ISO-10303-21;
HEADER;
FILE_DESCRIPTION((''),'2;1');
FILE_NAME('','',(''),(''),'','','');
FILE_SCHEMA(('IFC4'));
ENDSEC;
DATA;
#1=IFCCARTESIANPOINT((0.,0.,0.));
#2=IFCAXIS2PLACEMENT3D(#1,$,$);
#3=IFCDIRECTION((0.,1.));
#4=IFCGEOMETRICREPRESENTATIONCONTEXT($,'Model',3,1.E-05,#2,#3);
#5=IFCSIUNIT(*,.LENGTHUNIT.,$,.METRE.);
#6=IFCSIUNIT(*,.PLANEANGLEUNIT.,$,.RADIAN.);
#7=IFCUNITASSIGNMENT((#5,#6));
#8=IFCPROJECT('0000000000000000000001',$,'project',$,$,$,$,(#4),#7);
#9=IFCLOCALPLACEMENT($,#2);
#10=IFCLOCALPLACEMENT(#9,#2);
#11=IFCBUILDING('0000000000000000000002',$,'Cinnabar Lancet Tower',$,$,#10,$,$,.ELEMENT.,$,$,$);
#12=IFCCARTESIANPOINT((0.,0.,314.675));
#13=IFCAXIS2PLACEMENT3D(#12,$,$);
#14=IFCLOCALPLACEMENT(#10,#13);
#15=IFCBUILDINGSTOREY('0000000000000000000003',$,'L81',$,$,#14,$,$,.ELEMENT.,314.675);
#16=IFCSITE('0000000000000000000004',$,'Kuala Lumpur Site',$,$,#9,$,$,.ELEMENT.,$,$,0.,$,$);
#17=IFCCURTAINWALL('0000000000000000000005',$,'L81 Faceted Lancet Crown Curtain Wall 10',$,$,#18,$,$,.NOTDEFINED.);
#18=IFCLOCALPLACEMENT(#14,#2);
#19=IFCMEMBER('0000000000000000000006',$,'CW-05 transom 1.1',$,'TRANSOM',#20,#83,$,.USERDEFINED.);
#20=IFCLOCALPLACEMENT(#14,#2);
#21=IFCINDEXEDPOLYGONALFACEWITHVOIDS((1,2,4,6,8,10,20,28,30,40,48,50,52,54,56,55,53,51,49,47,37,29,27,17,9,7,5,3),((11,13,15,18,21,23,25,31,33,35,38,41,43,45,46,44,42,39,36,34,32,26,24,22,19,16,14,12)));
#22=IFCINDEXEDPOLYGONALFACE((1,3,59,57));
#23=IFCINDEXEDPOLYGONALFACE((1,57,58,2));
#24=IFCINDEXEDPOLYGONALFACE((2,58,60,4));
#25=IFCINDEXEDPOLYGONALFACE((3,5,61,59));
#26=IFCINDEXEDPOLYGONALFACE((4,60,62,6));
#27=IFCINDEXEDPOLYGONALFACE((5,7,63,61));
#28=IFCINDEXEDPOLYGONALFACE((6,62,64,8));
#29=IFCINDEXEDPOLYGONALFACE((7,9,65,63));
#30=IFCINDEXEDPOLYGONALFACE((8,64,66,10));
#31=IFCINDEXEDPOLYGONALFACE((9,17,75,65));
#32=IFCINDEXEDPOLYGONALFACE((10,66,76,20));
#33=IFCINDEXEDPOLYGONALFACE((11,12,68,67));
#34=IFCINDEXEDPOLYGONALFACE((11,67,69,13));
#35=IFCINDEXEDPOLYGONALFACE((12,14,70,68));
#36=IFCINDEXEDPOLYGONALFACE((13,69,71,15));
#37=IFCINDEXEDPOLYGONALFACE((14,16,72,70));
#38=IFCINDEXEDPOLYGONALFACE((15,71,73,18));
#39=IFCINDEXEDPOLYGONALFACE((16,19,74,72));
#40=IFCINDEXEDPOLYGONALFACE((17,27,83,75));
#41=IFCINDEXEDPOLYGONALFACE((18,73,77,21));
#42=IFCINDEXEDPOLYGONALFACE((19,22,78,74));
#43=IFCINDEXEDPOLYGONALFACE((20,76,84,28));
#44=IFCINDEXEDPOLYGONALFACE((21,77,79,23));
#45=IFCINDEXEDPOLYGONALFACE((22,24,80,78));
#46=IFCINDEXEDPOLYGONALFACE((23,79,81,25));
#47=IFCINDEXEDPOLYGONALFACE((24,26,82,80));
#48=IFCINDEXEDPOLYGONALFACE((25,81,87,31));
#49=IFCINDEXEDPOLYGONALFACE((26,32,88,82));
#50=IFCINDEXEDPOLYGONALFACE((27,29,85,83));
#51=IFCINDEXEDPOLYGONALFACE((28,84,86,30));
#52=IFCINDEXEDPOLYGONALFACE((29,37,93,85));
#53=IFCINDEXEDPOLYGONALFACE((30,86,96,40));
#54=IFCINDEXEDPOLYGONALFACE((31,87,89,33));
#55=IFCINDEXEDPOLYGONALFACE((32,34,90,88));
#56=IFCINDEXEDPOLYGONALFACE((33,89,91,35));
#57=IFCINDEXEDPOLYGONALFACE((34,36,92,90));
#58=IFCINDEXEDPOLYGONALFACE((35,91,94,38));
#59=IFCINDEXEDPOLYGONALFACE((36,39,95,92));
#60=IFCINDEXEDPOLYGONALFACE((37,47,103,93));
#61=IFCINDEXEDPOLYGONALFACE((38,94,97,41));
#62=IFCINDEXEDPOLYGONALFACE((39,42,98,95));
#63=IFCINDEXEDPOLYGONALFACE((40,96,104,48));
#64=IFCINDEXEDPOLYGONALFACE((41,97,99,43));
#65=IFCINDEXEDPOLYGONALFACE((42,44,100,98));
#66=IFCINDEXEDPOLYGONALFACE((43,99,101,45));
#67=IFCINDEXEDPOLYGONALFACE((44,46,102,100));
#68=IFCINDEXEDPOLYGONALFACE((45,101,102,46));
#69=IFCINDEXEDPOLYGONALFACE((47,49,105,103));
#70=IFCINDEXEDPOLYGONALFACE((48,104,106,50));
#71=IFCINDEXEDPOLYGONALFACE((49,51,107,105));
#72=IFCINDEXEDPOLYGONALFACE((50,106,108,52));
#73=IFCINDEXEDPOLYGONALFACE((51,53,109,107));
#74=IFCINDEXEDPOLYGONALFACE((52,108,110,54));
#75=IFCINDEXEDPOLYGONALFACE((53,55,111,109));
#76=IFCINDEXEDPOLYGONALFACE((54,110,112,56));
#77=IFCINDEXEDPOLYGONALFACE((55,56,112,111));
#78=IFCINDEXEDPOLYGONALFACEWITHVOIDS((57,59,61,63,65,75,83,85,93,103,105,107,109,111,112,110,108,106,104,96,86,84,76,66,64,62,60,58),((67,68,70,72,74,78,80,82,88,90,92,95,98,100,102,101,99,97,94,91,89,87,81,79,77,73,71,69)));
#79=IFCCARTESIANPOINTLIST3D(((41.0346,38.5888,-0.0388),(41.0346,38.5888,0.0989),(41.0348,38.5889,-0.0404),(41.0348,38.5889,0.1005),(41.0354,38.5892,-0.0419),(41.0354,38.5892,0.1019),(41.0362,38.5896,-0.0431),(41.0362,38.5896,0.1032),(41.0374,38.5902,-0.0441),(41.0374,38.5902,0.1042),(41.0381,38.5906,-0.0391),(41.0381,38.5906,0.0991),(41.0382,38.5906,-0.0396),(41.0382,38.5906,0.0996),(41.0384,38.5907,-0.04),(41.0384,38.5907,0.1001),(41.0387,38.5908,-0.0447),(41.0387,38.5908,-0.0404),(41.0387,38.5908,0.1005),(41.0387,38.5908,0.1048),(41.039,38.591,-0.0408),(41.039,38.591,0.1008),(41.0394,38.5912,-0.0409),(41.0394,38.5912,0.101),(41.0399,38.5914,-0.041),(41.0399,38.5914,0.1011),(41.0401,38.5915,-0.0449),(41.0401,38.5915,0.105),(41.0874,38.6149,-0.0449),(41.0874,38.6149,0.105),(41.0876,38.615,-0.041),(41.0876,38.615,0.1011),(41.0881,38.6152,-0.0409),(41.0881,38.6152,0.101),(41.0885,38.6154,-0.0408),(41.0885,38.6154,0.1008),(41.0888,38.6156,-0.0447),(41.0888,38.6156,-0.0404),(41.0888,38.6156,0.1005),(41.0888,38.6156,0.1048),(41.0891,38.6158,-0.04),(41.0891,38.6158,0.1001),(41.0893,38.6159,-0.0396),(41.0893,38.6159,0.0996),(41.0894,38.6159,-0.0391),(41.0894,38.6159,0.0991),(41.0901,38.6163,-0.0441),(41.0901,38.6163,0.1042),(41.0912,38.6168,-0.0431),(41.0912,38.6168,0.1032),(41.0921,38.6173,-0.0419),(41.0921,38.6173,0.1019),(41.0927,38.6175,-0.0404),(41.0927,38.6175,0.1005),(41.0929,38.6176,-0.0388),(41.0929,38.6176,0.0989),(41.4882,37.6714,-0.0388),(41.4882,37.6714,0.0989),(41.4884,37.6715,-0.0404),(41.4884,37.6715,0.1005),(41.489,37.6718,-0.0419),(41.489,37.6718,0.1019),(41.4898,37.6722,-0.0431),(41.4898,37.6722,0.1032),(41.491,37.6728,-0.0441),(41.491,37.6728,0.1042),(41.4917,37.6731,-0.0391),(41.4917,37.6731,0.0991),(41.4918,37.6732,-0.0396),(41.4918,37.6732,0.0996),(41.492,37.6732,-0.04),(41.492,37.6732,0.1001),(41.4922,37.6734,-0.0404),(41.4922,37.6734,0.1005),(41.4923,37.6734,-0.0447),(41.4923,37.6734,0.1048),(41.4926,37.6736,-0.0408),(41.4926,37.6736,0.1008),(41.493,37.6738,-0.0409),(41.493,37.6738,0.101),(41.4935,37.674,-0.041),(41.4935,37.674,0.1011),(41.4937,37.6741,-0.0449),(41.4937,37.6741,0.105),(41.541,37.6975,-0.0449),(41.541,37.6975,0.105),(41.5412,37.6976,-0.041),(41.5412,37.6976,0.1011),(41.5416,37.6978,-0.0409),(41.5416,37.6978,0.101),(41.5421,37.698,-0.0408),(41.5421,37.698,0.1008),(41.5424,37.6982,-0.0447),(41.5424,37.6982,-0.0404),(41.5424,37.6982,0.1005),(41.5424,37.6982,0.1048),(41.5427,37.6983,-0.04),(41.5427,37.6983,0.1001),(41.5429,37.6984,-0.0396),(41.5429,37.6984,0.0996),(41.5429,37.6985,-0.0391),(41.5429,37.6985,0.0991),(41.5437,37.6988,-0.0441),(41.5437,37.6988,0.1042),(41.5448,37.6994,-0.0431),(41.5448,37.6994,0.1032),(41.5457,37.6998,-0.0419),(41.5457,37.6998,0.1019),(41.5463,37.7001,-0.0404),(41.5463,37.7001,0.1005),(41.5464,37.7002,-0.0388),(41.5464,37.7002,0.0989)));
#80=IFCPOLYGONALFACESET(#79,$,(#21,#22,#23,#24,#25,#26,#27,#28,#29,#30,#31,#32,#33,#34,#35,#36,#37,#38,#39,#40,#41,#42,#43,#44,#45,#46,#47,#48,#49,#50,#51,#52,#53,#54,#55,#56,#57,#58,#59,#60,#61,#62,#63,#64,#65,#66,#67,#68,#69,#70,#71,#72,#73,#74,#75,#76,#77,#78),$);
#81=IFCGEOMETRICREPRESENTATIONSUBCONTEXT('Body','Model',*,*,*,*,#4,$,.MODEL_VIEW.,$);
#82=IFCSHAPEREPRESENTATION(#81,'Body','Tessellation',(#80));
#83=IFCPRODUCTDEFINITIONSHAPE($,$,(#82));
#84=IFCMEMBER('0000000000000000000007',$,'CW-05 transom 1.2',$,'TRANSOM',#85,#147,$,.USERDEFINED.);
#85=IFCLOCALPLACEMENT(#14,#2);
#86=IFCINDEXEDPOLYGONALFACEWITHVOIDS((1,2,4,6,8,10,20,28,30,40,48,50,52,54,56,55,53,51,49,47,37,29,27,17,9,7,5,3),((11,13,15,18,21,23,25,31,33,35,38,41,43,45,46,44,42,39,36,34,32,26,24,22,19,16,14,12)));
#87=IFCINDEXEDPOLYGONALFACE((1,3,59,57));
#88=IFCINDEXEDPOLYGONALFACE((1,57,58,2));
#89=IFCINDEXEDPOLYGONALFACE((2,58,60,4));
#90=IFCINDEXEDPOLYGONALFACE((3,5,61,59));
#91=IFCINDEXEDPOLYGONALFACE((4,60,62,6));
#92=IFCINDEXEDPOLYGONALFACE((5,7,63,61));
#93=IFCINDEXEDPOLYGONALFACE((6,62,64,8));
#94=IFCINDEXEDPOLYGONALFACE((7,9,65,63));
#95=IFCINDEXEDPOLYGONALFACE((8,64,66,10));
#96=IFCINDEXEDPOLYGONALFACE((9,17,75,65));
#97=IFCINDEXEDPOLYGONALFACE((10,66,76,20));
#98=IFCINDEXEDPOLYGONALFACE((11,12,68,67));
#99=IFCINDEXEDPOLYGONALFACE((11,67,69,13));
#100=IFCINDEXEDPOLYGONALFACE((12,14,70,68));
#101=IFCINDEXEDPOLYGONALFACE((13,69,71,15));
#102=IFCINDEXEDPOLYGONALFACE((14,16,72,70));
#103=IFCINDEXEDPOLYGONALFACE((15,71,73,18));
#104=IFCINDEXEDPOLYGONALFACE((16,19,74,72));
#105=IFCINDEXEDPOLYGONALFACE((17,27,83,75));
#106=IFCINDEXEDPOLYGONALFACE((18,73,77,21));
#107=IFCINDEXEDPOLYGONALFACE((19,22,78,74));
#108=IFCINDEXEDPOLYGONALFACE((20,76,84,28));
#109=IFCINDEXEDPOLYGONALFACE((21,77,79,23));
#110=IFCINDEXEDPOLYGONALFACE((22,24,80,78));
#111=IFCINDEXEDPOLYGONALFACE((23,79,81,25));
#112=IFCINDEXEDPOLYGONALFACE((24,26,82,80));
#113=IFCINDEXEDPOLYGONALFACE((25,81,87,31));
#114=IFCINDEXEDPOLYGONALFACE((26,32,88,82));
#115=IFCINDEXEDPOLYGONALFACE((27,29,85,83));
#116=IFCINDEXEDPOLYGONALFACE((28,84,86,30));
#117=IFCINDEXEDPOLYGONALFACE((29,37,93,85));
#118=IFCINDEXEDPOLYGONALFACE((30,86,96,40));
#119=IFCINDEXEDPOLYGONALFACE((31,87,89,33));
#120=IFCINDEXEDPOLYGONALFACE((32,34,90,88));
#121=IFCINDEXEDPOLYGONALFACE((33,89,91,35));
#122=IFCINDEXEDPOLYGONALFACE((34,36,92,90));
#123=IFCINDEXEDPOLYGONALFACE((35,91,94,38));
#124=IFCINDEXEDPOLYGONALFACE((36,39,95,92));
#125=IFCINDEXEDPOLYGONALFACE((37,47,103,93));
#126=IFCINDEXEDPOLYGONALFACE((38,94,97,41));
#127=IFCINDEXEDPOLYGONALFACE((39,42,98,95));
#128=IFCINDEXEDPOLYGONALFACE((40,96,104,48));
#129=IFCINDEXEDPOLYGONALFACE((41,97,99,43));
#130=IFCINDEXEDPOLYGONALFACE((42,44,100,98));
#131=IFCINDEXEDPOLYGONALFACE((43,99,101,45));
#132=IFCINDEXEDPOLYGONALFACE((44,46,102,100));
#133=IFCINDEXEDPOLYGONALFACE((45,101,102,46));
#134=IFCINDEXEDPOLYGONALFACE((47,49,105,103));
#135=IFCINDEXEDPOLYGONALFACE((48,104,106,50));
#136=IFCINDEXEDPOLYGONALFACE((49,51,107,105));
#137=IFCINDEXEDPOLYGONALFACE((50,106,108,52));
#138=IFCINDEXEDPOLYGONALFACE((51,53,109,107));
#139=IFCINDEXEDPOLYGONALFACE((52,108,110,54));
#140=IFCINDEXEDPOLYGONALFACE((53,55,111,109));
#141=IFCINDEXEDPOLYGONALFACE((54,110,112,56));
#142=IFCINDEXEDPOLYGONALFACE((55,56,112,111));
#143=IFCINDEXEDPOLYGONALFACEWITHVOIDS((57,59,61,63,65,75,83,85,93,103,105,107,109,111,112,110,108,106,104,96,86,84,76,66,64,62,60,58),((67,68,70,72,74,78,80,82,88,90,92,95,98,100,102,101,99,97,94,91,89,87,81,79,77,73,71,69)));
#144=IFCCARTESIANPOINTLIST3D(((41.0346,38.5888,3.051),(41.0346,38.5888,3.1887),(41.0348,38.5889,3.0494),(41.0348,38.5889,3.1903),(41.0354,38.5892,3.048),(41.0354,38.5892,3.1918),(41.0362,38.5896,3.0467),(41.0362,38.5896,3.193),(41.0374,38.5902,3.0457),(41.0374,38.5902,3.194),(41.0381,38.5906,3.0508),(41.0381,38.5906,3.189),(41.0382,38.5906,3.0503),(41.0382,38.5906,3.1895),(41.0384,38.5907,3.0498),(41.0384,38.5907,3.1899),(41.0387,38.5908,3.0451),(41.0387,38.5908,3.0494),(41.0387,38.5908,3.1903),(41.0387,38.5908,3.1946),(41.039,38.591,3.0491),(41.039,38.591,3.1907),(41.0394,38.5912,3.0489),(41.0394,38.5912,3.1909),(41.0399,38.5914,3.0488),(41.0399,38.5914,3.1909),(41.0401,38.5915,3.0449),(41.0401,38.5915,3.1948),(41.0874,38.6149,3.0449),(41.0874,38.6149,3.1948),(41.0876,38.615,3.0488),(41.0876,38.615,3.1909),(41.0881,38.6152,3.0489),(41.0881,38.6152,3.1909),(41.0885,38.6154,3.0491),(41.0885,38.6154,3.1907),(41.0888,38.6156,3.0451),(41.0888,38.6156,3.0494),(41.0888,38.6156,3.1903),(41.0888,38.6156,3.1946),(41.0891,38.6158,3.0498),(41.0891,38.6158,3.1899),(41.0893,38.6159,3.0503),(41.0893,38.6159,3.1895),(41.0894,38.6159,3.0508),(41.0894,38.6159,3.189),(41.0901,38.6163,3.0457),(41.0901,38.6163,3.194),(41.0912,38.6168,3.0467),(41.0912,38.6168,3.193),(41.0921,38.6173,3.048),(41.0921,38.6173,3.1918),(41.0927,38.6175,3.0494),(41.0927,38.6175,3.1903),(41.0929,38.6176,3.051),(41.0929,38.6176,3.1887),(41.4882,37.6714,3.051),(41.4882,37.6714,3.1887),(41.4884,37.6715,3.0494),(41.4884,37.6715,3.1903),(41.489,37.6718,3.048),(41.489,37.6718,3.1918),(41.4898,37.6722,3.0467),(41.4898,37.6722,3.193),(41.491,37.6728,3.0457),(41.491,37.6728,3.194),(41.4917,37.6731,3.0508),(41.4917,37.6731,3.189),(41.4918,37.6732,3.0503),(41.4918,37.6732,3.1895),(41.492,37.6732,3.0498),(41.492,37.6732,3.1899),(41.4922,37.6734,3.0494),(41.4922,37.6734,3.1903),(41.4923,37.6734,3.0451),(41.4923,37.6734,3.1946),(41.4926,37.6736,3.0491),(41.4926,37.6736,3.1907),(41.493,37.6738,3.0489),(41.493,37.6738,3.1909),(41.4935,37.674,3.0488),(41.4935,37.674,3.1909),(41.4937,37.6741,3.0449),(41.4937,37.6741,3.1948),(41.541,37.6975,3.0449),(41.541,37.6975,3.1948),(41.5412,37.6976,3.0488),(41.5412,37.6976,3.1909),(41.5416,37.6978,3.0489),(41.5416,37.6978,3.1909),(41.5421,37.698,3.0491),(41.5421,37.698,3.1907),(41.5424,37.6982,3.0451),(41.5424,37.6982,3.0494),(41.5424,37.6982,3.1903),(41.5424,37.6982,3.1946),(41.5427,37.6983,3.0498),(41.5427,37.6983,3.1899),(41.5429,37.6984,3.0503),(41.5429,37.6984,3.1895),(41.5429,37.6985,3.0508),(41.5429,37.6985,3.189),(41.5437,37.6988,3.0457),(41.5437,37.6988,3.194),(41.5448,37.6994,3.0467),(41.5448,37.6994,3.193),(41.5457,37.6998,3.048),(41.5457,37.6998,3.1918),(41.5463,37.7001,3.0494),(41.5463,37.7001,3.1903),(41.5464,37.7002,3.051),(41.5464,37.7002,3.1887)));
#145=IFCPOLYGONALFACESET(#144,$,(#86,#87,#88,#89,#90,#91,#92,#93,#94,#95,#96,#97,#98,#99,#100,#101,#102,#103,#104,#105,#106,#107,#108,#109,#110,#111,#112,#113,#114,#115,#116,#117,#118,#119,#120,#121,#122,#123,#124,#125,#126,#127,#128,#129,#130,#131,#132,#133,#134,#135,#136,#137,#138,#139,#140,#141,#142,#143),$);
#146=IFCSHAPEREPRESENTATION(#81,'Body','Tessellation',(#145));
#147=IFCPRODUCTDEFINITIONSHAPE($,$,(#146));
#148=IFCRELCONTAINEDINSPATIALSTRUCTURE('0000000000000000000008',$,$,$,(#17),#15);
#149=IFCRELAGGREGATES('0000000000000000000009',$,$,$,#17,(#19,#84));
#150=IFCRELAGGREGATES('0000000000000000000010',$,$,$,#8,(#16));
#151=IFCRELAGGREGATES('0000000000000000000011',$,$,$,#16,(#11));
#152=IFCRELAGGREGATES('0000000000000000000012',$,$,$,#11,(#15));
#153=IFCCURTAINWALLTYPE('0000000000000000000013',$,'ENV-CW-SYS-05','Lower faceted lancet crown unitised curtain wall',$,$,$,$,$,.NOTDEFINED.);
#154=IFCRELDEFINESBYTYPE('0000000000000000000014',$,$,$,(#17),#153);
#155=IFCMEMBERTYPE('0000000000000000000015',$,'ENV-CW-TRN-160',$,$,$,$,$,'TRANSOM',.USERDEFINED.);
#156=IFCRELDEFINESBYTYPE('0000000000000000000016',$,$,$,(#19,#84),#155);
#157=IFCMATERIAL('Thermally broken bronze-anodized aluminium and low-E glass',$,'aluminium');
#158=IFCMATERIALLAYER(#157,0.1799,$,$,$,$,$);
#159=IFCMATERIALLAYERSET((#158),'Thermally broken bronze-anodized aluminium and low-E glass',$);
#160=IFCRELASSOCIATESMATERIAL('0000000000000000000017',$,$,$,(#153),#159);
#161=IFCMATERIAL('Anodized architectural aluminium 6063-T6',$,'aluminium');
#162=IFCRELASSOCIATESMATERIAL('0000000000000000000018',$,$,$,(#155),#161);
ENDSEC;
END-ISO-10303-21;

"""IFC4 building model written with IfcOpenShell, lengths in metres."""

from ifc_helpers import new_model, si_unit, direction, frame, origin, origin_2d, place, context, subcontext, project, spatial, hollow_rectangle, extrude, material, layer, layer_set, material_profile, profile_set, type_object, element, aggregate, save


model = new_model("IFC4")

# Units and contexts
model_context = context("Model", 3, precision=1e-05, world=origin(), true_north=direction((0.0, 1.0)))
body_context = subcontext(model_context, "Body", "Model", "MODEL_VIEW")
ifc_project = project(units=[si_unit("LENGTHUNIT", "METRE"), si_unit("PLANEANGLEUNIT", "RADIAN")], contexts=[model_context])

# Site, building, storey
site_placement = place(None, origin())
site = spatial("IfcSite", under=ifc_project, at=site_placement, Name="Kuala Lumpur Site", CompositionType="ELEMENT", RefElevation=0.0)
building_placement = place(site_placement, origin())
building = spatial("IfcBuilding", under=site, at=building_placement, Name="Cinnabar Lancet Tower", CompositionType="ELEMENT")
storey_placement = place(building_placement, frame((0.0, 0.0, 314.675)))
storey = spatial("IfcBuildingStorey", under=building, at=storey_placement, Name="L81", CompositionType="ELEMENT", Elevation=314.675)

# Curtain wall
ifc_material_1 = material(Name="Thermally broken bronze-anodized aluminium and low-E glass", Category="aluminium")
ifc_layer_1 = layer(ifc_material_1, 0.1799)
ifc_layer_set_1 = layer_set([ifc_layer_1], Name="Thermally broken bronze-anodized aluminium and low-E glass")
curtain_wall_type = type_object("IfcCurtainWallType", Name="ENV-CW-SYS-05", Description="Lower faceted lancet crown unitised curtain wall", PredefinedType="NOTDEFINED", material=ifc_layer_set_1)
curtain_wall_1_placement = place(storey_placement, origin())
curtain_wall_1 = element("IfcCurtainWall", 1, at=curtain_wall_1_placement, inside=storey, type_object=curtain_wall_type, Name="L81 Faceted Lancet Crown Curtain Wall 10", PredefinedType="NOTDEFINED")

# Members
ifc_material_2 = material(Name="Anodized architectural aluminium 6063-T6", Category="aluminium")
ifc_material_profile_1 = material_profile(ifc_material_2, hollow_rectangle(XDim=0.0649, YDim=0.1499, WallThickness=0.0039, InnerFilletRadius=0.002, OuterFilletRadius=0.0061, at=origin_2d()), Name="CW-TRN 150x65x4")
ifc_profile_set_1 = profile_set([ifc_material_profile_1], Name="Anodized architectural aluminium 6063-T6")
member_type_1 = type_object("IfcMemberType", Name="ENV-CW-TRN-160", ElementType="TRANSOM", PredefinedType="USERDEFINED", material=ifc_profile_set_1)
member_1_placement = place(storey_placement, frame((41.5173, 37.6858, 0.03), z_axis=(-0.443202, 0.896422, 0.0), x_axis=(-0.896422, -0.443202, 0.0)))
member_1 = element("IfcMember", 2, at=member_1_placement, type_object=member_type_1, Name="CW-05 transom 1.1", ObjectType="TRANSOM", PredefinedType="USERDEFINED", context=body_context, shape_type="SweptSolid", body=[
    extrude(hollow_rectangle(XDim=0.0649, YDim=0.1499, WallThickness=0.0039, InnerFilletRadius=0.002, OuterFilletRadius=0.0061, at=origin_2d()), origin(), (0.0, 0.0, 1.0), 1.0234),
])
member_2_placement = place(storey_placement, frame((41.5173, 37.6858, 3.1199), z_axis=(-0.443202, 0.896422, 0.0), x_axis=(-0.896422, -0.443202, 0.0)))
member_2 = element("IfcMember", 3, at=member_2_placement, type_object=member_type_1, Name="CW-05 transom 1.2", ObjectType="TRANSOM", PredefinedType="USERDEFINED", context=body_context, shape_type="SweptSolid", body=[
    extrude(hollow_rectangle(XDim=0.0649, YDim=0.1499, WallThickness=0.0039, InnerFilletRadius=0.002, OuterFilletRadius=0.0061, at=origin_2d()), origin(), (0.0, 0.0, 1.0), 1.0234),
])

aggregate(curtain_wall_1, [member_1, member_2])

save(model, "model.ifc")
